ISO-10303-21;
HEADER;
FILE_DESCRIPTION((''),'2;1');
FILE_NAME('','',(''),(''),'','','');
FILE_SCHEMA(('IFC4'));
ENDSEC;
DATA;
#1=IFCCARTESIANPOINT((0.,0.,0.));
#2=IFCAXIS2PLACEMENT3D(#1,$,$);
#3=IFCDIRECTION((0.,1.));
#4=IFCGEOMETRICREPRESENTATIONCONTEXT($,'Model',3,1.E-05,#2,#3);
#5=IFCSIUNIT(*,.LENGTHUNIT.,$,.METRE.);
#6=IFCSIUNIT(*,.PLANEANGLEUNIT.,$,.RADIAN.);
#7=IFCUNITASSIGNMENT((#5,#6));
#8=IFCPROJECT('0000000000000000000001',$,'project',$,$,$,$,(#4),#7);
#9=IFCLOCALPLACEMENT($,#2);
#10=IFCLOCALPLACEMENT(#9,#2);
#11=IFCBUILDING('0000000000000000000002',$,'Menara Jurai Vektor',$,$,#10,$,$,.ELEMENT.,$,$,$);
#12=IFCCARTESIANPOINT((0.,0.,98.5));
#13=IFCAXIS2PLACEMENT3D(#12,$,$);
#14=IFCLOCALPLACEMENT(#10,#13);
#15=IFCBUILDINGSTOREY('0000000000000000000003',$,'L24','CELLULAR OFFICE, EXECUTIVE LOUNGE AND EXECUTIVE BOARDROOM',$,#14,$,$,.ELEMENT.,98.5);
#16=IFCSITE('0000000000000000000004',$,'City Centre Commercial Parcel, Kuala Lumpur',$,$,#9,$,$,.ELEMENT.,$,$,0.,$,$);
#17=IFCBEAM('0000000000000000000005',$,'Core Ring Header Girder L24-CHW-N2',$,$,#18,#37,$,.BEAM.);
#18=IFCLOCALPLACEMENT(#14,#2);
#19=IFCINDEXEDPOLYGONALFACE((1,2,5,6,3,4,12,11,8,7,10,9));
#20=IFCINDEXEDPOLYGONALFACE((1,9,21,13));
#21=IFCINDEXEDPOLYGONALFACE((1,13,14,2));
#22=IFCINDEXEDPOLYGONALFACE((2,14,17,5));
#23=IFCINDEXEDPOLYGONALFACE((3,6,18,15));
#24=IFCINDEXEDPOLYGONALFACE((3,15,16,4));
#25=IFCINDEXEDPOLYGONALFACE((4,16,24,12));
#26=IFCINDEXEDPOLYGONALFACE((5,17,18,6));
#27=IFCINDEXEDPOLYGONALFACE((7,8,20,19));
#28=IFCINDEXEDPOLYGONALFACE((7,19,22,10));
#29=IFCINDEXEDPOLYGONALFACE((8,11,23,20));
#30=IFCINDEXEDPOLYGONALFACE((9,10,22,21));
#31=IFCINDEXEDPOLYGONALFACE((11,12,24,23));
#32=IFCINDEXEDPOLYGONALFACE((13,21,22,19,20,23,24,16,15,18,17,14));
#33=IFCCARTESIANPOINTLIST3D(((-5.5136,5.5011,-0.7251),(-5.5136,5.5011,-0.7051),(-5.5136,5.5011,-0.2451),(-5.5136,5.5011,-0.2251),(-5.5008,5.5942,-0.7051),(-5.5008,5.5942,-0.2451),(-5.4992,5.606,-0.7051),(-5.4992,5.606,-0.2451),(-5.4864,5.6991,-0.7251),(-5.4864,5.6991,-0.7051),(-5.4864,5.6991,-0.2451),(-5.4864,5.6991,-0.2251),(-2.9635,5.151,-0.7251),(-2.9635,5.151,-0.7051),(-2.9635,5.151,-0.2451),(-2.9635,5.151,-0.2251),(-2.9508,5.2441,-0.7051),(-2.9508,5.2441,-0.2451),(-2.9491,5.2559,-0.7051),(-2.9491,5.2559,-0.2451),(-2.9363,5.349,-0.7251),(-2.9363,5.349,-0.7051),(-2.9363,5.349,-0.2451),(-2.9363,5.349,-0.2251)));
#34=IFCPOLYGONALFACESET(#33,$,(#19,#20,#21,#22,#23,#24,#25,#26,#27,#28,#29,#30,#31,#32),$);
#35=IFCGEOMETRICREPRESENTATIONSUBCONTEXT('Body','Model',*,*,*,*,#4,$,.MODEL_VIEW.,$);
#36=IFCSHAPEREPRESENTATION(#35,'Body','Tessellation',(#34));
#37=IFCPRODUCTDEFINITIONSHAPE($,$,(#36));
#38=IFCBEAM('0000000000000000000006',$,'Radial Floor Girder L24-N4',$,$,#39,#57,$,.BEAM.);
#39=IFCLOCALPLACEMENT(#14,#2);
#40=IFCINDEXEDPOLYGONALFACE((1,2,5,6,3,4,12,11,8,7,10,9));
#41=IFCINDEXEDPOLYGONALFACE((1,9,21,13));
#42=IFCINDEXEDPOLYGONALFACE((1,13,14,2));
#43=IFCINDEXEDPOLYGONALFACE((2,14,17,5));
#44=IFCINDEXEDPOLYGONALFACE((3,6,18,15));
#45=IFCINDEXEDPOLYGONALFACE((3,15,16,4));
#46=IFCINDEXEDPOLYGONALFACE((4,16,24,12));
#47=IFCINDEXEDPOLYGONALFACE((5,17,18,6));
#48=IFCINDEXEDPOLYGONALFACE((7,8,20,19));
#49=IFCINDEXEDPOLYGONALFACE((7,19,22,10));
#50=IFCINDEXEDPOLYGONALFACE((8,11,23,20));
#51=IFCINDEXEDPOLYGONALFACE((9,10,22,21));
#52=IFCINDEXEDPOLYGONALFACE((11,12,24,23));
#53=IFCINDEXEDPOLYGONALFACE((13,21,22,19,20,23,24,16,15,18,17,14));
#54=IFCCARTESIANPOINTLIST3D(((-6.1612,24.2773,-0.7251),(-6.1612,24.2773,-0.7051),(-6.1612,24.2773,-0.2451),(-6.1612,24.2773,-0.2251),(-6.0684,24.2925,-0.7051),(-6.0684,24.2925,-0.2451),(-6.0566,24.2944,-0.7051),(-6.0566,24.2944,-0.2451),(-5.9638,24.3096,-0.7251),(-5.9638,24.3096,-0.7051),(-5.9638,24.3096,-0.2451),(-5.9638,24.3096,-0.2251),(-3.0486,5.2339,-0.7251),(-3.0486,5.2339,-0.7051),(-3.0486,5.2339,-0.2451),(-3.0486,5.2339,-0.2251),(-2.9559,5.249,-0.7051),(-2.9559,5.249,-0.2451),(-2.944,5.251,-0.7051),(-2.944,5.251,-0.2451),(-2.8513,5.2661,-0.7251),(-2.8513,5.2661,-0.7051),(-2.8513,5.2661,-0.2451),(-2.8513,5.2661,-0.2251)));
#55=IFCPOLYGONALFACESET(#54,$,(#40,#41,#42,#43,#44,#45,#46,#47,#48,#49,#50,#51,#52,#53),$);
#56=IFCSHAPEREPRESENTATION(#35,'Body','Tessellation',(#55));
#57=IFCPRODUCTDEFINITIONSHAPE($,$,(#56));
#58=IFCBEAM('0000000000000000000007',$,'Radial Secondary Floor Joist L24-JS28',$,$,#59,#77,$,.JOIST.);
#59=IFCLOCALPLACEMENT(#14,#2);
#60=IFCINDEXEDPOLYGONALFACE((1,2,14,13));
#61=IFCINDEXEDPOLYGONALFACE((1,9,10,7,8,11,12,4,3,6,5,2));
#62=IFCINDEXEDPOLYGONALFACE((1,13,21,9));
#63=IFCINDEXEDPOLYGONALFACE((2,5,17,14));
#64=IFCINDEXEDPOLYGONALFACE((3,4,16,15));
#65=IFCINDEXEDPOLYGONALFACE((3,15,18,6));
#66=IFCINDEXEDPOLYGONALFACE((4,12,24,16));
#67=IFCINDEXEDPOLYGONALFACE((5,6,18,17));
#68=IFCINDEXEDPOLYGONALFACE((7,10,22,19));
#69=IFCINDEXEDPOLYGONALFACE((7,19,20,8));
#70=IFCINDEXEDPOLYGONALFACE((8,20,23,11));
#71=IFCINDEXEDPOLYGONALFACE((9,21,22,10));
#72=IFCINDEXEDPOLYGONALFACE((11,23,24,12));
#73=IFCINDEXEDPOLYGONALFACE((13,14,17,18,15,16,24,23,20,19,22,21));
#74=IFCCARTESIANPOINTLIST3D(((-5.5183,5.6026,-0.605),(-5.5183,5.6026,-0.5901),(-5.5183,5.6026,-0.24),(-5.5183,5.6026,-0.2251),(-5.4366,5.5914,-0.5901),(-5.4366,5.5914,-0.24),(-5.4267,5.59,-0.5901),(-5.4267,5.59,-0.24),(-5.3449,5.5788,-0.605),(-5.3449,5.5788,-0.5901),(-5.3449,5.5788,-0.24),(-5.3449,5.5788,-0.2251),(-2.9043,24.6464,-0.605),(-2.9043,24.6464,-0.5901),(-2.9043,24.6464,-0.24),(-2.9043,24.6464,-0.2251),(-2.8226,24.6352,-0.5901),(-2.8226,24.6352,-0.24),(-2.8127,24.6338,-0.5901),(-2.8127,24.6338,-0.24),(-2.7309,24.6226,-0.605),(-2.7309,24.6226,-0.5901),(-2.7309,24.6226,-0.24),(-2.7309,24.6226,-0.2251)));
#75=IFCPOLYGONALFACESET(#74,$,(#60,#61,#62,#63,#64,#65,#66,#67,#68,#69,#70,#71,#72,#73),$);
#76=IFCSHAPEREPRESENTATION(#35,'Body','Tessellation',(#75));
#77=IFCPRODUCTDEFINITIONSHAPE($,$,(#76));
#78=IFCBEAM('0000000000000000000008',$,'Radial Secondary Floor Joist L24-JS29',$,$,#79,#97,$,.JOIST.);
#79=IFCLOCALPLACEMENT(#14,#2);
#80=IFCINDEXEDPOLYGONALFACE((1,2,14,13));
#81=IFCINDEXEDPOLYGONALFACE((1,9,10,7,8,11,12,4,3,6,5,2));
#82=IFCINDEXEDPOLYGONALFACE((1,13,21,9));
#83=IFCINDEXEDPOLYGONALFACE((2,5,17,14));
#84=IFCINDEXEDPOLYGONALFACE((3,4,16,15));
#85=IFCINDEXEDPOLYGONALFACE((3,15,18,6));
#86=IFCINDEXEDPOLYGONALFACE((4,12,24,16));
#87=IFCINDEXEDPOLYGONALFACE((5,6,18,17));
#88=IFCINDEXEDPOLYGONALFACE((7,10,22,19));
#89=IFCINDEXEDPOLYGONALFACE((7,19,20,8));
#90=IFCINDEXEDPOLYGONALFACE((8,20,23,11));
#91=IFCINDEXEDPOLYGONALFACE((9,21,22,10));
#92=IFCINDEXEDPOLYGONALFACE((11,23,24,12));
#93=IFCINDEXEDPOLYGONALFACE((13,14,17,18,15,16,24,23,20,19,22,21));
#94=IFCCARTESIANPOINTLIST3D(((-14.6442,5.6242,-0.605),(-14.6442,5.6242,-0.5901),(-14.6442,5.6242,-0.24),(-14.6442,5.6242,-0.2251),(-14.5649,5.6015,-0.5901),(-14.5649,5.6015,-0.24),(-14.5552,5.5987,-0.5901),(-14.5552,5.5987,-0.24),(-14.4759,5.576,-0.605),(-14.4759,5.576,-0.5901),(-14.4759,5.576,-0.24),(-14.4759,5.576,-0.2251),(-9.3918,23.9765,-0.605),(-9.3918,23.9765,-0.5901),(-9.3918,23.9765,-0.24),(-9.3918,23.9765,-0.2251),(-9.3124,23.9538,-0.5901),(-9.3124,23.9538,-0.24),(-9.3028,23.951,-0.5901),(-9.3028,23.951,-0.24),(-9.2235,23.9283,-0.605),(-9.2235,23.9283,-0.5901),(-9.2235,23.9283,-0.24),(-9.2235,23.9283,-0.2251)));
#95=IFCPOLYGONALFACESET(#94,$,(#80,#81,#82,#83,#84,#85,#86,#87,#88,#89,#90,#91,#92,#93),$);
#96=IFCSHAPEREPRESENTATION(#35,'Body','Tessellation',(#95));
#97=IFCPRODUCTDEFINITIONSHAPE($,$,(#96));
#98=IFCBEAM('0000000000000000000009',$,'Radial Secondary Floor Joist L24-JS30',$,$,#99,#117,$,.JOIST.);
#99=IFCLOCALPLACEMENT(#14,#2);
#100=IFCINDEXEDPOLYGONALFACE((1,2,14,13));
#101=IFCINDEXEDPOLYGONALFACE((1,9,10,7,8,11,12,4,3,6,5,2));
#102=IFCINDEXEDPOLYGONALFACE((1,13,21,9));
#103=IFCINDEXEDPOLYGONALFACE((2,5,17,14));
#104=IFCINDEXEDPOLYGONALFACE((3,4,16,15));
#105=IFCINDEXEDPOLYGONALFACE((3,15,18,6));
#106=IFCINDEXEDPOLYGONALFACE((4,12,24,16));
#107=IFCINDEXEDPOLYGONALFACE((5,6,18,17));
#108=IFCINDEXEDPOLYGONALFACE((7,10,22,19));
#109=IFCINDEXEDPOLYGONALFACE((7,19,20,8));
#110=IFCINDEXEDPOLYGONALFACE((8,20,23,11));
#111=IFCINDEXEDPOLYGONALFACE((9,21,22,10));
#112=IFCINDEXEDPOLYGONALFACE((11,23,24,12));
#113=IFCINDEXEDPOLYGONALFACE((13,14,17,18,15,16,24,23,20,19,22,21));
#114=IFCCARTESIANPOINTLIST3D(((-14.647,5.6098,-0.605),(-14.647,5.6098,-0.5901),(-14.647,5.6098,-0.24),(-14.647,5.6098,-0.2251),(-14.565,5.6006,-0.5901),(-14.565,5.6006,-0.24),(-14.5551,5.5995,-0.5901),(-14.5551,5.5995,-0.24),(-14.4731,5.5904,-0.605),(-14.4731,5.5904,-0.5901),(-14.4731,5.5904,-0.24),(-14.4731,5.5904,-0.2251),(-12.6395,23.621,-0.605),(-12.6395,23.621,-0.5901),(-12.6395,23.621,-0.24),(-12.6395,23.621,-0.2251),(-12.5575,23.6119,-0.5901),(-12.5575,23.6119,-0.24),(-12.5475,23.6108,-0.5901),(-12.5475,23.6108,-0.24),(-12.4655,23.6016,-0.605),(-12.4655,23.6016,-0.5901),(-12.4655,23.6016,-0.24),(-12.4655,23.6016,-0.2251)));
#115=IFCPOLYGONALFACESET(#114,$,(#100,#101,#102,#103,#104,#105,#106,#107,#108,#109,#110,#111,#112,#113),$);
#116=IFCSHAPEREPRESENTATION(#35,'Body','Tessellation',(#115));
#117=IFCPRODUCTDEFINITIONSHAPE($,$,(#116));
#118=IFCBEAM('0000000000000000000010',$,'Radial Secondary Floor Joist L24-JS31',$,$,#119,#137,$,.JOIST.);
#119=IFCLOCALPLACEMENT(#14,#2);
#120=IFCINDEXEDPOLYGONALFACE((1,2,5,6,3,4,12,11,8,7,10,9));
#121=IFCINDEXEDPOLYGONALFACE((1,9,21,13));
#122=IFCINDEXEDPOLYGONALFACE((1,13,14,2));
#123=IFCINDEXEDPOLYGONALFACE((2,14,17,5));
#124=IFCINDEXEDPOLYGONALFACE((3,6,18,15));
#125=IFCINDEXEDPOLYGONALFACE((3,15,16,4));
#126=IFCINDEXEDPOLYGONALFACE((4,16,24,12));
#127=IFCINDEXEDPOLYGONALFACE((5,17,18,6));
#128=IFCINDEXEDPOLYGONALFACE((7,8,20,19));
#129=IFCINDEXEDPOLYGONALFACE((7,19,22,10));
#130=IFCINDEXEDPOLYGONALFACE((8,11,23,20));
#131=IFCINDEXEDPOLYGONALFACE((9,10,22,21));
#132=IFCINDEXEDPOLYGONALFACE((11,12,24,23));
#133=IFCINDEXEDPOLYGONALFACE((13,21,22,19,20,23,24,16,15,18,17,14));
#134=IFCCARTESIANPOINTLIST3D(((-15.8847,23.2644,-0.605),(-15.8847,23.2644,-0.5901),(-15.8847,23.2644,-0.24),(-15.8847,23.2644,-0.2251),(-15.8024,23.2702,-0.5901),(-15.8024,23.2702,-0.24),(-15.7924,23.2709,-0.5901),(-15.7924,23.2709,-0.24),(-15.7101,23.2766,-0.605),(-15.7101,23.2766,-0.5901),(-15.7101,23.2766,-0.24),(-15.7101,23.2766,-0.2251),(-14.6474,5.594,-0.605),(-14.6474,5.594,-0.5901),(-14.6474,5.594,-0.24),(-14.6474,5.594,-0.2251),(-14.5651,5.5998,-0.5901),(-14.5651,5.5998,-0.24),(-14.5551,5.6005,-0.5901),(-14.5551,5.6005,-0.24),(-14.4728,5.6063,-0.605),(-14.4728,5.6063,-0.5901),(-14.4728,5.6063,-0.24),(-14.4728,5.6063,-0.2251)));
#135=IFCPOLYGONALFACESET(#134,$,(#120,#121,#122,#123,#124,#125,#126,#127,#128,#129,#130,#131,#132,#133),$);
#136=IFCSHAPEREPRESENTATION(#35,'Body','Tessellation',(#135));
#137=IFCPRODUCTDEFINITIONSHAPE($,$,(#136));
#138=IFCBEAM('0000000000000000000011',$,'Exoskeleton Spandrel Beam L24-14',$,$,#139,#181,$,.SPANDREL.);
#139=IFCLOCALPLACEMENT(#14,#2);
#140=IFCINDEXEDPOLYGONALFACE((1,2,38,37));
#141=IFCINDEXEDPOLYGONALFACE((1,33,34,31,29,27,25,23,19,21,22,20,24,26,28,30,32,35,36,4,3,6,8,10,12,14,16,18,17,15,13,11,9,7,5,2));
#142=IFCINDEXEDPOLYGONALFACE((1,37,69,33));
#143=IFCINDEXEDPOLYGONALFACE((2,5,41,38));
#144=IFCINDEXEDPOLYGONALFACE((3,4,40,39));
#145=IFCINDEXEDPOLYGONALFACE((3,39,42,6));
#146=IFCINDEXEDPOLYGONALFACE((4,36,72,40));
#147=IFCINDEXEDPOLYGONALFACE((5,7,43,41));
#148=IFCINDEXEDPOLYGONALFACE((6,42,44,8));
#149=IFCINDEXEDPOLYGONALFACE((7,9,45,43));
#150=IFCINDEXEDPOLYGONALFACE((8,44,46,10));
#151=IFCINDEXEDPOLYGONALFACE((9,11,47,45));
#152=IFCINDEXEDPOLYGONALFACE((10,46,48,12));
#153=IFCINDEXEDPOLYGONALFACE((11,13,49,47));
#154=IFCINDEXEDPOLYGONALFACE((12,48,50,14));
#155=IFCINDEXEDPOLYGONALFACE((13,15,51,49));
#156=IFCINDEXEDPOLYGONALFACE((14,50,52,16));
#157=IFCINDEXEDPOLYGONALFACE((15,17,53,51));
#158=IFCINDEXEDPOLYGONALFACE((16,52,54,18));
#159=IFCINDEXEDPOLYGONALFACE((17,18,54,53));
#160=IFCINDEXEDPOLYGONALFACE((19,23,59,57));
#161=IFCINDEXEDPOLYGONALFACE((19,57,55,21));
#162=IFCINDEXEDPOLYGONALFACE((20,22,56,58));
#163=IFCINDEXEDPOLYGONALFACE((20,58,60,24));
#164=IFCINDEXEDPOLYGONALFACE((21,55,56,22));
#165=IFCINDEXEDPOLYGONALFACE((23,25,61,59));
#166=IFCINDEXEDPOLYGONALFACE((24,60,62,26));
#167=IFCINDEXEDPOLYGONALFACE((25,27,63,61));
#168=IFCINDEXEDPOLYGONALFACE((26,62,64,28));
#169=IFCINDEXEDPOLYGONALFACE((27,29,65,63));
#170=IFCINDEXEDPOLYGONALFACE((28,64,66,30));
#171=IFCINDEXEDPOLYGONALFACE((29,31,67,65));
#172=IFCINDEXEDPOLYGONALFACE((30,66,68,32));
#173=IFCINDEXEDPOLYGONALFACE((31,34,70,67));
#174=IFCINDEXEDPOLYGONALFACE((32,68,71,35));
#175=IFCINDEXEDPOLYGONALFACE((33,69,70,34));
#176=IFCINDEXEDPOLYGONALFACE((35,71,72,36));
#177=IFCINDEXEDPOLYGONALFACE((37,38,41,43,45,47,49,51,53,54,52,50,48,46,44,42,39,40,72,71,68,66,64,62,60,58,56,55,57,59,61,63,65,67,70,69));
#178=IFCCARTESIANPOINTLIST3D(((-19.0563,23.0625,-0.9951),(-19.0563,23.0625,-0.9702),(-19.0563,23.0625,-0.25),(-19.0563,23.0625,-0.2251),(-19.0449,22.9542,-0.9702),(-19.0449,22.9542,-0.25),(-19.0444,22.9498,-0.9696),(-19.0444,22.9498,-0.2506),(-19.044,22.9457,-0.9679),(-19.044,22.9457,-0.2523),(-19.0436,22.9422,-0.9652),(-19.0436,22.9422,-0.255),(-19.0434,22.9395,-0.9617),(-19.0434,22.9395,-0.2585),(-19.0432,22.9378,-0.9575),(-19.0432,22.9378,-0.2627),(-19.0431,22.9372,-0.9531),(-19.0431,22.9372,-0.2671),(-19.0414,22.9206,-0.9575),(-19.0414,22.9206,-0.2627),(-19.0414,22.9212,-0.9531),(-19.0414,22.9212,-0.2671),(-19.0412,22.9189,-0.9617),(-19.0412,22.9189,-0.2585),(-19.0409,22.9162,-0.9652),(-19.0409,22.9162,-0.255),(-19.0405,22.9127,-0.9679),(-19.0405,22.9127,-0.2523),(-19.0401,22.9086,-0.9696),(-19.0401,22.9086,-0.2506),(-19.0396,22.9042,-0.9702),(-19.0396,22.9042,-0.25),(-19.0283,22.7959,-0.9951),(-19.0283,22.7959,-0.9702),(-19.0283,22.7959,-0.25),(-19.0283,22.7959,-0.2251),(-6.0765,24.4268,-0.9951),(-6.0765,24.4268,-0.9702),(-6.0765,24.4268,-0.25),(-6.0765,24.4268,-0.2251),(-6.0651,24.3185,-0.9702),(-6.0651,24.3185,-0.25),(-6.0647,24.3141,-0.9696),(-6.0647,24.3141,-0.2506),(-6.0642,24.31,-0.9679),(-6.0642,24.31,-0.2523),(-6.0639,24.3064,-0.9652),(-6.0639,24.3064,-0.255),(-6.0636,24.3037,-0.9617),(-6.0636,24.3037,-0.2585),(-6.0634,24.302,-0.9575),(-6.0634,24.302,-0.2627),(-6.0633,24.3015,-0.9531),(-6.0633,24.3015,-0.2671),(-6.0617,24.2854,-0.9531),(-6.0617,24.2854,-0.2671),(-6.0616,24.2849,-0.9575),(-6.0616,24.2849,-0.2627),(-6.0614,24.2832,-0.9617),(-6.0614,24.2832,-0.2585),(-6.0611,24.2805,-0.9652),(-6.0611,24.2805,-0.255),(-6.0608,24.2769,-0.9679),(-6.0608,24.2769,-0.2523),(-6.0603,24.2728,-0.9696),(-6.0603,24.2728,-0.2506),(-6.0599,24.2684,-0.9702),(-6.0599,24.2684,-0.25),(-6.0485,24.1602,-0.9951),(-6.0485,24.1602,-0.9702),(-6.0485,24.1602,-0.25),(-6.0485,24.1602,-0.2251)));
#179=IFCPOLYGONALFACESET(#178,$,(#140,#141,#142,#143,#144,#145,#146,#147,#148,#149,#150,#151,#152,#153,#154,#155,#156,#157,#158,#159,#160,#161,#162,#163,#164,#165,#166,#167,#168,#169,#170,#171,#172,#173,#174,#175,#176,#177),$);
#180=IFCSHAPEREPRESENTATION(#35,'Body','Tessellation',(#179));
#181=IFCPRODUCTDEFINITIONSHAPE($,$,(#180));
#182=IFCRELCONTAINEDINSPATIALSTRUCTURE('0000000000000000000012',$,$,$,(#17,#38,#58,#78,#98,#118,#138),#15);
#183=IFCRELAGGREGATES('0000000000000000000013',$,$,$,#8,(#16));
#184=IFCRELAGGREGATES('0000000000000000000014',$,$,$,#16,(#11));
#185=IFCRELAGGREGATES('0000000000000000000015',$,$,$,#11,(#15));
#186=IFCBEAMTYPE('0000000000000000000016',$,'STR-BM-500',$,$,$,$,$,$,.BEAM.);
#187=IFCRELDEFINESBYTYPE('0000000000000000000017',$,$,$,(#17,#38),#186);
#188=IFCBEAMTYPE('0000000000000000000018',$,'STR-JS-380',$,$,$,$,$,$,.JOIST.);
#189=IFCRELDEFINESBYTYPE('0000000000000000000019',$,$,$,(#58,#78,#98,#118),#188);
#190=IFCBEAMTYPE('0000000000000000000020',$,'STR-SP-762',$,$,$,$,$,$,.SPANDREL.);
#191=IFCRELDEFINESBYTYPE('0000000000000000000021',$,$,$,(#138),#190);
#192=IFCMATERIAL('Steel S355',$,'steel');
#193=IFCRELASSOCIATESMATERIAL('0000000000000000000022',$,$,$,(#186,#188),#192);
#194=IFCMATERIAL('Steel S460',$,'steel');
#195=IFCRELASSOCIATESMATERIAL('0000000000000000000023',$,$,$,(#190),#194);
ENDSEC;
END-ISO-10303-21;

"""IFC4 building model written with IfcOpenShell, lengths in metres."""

from ifc_helpers import new_model, si_unit, direction, frame, origin, origin_2d, place, context, subcontext, project, spatial, i_section, extrude, material, material_profile, profile_set, type_object, element, save


model = new_model("IFC4")

# Units and contexts
model_context = context("Model", 3, precision=1e-05, world=origin(), true_north=direction((0.0, 1.0)))
body_context = subcontext(model_context, "Body", "Model", "MODEL_VIEW")
ifc_project = project(units=[si_unit("LENGTHUNIT", "METRE"), si_unit("PLANEANGLEUNIT", "RADIAN")], contexts=[model_context])

# Site, building, storey
site_placement = place(None, origin())
site = spatial("IfcSite", under=ifc_project, at=site_placement, Name="City Centre Commercial Parcel, Kuala Lumpur", CompositionType="ELEMENT", RefElevation=0.0)
building_placement = place(site_placement, origin())
building = spatial("IfcBuilding", under=site, at=building_placement, Name="Menara Jurai Vektor", CompositionType="ELEMENT")
storey_placement = place(building_placement, frame((0.0, 0.0, 98.5)))
storey = spatial("IfcBuildingStorey", under=building, at=storey_placement, Name="L24", Description="CELLULAR OFFICE, EXECUTIVE LOUNGE AND EXECUTIVE BOARDROOM", CompositionType="ELEMENT", Elevation=98.5)

# Shared definitions
ifc_material_1 = material(Name="Steel S460", Category="steel")

# Beams
ifc_material_2 = material(Name="Steel S355", Category="steel")
ifc_material_profile_1 = material_profile(ifc_material_2, i_section(OverallWidth=0.2, OverallDepth=0.5, WebThickness=0.012, FlangeThickness=0.02, at=origin_2d()), Name="PG 500x200x96")
ifc_profile_set_1 = profile_set([ifc_material_profile_1], Name="Steel S355")
beam_type_1 = type_object("IfcBeamType", Name="STR-BM-500", PredefinedType="BEAM", material=ifc_profile_set_1)
beam_1_placement = place(storey_placement, frame((-5.5, 5.6001, -0.4751), z_axis=(0.990707, -0.136015, 0.0), x_axis=(0.136015, 0.990707, 0.0)))
element("IfcBeam", 1, at=beam_1_placement, inside=storey, type_object=beam_type_1, Name="Core Ring Header Girder L24-CHW-N2", PredefinedType="BEAM", context=body_context, shape_type="SweptSolid", body=[
    extrude(i_section(OverallWidth=0.2, OverallDepth=0.5, WebThickness=0.012, FlangeThickness=0.02, at=origin_2d()), origin(), (0.0, 0.0, 1.0), 2.574),
])
beam_2_placement = place(storey_placement, frame((-6.0625, 24.2935, -0.4751), z_axis=(0.161304, -0.986905, 0.0), x_axis=(0.986905, 0.161304, 0.0)))
element("IfcBeam", 2, at=beam_2_placement, inside=storey, type_object=beam_type_1, Name="Radial Floor Girder L24-N4", PredefinedType="BEAM", context=body_context, shape_type="SweptSolid", body=[
    extrude(i_section(OverallWidth=0.2, OverallDepth=0.5, WebThickness=0.012, FlangeThickness=0.02, at=origin_2d()), origin(), (0.0, 0.0, 1.0), 19.2961),
])
ifc_material_profile_2 = material_profile(ifc_material_2, i_section(OverallWidth=0.175, OverallDepth=0.3799, WebThickness=0.01, FlangeThickness=0.0149, at=origin_2d()), Name="PG 380x175x58")
ifc_profile_set_2 = profile_set([ifc_material_profile_2], Name="Steel S355")
beam_type_2 = type_object("IfcBeamType", Name="STR-JS-380", PredefinedType="JOIST", material=ifc_profile_set_2)
beam_3_placement = place(storey_placement, frame((-2.8176, 24.6345, -0.415), z_axis=(-0.135987, -0.990711, 0.0), x_axis=(0.990711, -0.135987, 0.0)))
element("IfcBeam", 3, at=beam_3_placement, inside=storey, type_object=beam_type_2, Name="Radial Secondary Floor Joist L24-JS28", PredefinedType="JOIST", context=body_context, shape_type="SweptSolid", body=[
    extrude(i_section(OverallWidth=0.175, OverallDepth=0.3799, WebThickness=0.01, FlangeThickness=0.0149, at=origin_2d()), origin(), (0.0, 0.0, 1.0), 19.2224),
])
beam_4_placement = place(storey_placement, frame((-9.3076, 23.9524, -0.415), z_axis=(-0.275154, -0.9614, 0.0), x_axis=(0.9614, -0.275154, 0.0)))
element("IfcBeam", 4, at=beam_4_placement, inside=storey, type_object=beam_type_2, Name="Radial Secondary Floor Joist L24-JS29", PredefinedType="JOIST", context=body_context, shape_type="SweptSolid", body=[
    extrude(i_section(OverallWidth=0.175, OverallDepth=0.3799, WebThickness=0.01, FlangeThickness=0.0149, at=origin_2d()), origin(), (0.0, 0.0, 1.0), 19.0891),
])
beam_5_placement = place(storey_placement, frame((-12.5525, 23.6113, -0.415), z_axis=(-0.110776, -0.993845, 0.0), x_axis=(0.993845, -0.110776, 0.0)))
element("IfcBeam", 5, at=beam_5_placement, inside=storey, type_object=beam_type_2, Name="Radial Secondary Floor Joist L24-JS30", PredefinedType="JOIST", context=body_context, shape_type="SweptSolid", body=[
    extrude(i_section(OverallWidth=0.175, OverallDepth=0.3799, WebThickness=0.01, FlangeThickness=0.0149, at=origin_2d()), origin(), (0.0, 0.0, 1.0), 18.1228),
])
beam_6_placement = place(storey_placement, frame((-15.7974, 23.2705, -0.415), z_axis=(0.06985, -0.997557, 0.0), x_axis=(0.997557, 0.06985, 0.0)))
element("IfcBeam", 6, at=beam_6_placement, inside=storey, type_object=beam_type_2, Name="Radial Secondary Floor Joist L24-JS31", PredefinedType="JOIST", context=body_context, shape_type="SweptSolid", body=[
    extrude(i_section(OverallWidth=0.175, OverallDepth=0.3799, WebThickness=0.01, FlangeThickness=0.0149, at=origin_2d()), origin(), (0.0, 0.0, 1.0), 17.7136),
])
ifc_material_profile_3 = material_profile(ifc_material_1, i_section(OverallWidth=0.2681, OverallDepth=0.77, WebThickness=0.0161, FlangeThickness=0.0249, FilletRadius=0.0171, at=origin_2d()), Name="UKB 762x267x197")
ifc_profile_set_3 = profile_set([ifc_material_profile_3], Name="Steel S460")
beam_type_3 = type_object("IfcBeamType", Name="STR-SP-762", PredefinedType="SPANDREL", material=ifc_profile_set_3)
beam_7_placement = place(storey_placement, frame((-6.0625, 24.2935, -0.6101), z_axis=(-0.994522, -0.104531, 0.0), x_axis=(0.104531, -0.994522, 0.0)))
element("IfcBeam", 7, at=beam_7_placement, inside=storey, type_object=beam_type_3, Name="Exoskeleton Spandrel Beam L24-14", PredefinedType="SPANDREL", context=body_context, shape_type="SweptSolid", body=[
    extrude(i_section(OverallWidth=0.2681, OverallDepth=0.77, WebThickness=0.0161, FlangeThickness=0.0249, FilletRadius=0.0171, at=origin_2d()), origin(), (0.0, 0.0, 1.0), 13.0513),
])

save(model, "model.ifc")
